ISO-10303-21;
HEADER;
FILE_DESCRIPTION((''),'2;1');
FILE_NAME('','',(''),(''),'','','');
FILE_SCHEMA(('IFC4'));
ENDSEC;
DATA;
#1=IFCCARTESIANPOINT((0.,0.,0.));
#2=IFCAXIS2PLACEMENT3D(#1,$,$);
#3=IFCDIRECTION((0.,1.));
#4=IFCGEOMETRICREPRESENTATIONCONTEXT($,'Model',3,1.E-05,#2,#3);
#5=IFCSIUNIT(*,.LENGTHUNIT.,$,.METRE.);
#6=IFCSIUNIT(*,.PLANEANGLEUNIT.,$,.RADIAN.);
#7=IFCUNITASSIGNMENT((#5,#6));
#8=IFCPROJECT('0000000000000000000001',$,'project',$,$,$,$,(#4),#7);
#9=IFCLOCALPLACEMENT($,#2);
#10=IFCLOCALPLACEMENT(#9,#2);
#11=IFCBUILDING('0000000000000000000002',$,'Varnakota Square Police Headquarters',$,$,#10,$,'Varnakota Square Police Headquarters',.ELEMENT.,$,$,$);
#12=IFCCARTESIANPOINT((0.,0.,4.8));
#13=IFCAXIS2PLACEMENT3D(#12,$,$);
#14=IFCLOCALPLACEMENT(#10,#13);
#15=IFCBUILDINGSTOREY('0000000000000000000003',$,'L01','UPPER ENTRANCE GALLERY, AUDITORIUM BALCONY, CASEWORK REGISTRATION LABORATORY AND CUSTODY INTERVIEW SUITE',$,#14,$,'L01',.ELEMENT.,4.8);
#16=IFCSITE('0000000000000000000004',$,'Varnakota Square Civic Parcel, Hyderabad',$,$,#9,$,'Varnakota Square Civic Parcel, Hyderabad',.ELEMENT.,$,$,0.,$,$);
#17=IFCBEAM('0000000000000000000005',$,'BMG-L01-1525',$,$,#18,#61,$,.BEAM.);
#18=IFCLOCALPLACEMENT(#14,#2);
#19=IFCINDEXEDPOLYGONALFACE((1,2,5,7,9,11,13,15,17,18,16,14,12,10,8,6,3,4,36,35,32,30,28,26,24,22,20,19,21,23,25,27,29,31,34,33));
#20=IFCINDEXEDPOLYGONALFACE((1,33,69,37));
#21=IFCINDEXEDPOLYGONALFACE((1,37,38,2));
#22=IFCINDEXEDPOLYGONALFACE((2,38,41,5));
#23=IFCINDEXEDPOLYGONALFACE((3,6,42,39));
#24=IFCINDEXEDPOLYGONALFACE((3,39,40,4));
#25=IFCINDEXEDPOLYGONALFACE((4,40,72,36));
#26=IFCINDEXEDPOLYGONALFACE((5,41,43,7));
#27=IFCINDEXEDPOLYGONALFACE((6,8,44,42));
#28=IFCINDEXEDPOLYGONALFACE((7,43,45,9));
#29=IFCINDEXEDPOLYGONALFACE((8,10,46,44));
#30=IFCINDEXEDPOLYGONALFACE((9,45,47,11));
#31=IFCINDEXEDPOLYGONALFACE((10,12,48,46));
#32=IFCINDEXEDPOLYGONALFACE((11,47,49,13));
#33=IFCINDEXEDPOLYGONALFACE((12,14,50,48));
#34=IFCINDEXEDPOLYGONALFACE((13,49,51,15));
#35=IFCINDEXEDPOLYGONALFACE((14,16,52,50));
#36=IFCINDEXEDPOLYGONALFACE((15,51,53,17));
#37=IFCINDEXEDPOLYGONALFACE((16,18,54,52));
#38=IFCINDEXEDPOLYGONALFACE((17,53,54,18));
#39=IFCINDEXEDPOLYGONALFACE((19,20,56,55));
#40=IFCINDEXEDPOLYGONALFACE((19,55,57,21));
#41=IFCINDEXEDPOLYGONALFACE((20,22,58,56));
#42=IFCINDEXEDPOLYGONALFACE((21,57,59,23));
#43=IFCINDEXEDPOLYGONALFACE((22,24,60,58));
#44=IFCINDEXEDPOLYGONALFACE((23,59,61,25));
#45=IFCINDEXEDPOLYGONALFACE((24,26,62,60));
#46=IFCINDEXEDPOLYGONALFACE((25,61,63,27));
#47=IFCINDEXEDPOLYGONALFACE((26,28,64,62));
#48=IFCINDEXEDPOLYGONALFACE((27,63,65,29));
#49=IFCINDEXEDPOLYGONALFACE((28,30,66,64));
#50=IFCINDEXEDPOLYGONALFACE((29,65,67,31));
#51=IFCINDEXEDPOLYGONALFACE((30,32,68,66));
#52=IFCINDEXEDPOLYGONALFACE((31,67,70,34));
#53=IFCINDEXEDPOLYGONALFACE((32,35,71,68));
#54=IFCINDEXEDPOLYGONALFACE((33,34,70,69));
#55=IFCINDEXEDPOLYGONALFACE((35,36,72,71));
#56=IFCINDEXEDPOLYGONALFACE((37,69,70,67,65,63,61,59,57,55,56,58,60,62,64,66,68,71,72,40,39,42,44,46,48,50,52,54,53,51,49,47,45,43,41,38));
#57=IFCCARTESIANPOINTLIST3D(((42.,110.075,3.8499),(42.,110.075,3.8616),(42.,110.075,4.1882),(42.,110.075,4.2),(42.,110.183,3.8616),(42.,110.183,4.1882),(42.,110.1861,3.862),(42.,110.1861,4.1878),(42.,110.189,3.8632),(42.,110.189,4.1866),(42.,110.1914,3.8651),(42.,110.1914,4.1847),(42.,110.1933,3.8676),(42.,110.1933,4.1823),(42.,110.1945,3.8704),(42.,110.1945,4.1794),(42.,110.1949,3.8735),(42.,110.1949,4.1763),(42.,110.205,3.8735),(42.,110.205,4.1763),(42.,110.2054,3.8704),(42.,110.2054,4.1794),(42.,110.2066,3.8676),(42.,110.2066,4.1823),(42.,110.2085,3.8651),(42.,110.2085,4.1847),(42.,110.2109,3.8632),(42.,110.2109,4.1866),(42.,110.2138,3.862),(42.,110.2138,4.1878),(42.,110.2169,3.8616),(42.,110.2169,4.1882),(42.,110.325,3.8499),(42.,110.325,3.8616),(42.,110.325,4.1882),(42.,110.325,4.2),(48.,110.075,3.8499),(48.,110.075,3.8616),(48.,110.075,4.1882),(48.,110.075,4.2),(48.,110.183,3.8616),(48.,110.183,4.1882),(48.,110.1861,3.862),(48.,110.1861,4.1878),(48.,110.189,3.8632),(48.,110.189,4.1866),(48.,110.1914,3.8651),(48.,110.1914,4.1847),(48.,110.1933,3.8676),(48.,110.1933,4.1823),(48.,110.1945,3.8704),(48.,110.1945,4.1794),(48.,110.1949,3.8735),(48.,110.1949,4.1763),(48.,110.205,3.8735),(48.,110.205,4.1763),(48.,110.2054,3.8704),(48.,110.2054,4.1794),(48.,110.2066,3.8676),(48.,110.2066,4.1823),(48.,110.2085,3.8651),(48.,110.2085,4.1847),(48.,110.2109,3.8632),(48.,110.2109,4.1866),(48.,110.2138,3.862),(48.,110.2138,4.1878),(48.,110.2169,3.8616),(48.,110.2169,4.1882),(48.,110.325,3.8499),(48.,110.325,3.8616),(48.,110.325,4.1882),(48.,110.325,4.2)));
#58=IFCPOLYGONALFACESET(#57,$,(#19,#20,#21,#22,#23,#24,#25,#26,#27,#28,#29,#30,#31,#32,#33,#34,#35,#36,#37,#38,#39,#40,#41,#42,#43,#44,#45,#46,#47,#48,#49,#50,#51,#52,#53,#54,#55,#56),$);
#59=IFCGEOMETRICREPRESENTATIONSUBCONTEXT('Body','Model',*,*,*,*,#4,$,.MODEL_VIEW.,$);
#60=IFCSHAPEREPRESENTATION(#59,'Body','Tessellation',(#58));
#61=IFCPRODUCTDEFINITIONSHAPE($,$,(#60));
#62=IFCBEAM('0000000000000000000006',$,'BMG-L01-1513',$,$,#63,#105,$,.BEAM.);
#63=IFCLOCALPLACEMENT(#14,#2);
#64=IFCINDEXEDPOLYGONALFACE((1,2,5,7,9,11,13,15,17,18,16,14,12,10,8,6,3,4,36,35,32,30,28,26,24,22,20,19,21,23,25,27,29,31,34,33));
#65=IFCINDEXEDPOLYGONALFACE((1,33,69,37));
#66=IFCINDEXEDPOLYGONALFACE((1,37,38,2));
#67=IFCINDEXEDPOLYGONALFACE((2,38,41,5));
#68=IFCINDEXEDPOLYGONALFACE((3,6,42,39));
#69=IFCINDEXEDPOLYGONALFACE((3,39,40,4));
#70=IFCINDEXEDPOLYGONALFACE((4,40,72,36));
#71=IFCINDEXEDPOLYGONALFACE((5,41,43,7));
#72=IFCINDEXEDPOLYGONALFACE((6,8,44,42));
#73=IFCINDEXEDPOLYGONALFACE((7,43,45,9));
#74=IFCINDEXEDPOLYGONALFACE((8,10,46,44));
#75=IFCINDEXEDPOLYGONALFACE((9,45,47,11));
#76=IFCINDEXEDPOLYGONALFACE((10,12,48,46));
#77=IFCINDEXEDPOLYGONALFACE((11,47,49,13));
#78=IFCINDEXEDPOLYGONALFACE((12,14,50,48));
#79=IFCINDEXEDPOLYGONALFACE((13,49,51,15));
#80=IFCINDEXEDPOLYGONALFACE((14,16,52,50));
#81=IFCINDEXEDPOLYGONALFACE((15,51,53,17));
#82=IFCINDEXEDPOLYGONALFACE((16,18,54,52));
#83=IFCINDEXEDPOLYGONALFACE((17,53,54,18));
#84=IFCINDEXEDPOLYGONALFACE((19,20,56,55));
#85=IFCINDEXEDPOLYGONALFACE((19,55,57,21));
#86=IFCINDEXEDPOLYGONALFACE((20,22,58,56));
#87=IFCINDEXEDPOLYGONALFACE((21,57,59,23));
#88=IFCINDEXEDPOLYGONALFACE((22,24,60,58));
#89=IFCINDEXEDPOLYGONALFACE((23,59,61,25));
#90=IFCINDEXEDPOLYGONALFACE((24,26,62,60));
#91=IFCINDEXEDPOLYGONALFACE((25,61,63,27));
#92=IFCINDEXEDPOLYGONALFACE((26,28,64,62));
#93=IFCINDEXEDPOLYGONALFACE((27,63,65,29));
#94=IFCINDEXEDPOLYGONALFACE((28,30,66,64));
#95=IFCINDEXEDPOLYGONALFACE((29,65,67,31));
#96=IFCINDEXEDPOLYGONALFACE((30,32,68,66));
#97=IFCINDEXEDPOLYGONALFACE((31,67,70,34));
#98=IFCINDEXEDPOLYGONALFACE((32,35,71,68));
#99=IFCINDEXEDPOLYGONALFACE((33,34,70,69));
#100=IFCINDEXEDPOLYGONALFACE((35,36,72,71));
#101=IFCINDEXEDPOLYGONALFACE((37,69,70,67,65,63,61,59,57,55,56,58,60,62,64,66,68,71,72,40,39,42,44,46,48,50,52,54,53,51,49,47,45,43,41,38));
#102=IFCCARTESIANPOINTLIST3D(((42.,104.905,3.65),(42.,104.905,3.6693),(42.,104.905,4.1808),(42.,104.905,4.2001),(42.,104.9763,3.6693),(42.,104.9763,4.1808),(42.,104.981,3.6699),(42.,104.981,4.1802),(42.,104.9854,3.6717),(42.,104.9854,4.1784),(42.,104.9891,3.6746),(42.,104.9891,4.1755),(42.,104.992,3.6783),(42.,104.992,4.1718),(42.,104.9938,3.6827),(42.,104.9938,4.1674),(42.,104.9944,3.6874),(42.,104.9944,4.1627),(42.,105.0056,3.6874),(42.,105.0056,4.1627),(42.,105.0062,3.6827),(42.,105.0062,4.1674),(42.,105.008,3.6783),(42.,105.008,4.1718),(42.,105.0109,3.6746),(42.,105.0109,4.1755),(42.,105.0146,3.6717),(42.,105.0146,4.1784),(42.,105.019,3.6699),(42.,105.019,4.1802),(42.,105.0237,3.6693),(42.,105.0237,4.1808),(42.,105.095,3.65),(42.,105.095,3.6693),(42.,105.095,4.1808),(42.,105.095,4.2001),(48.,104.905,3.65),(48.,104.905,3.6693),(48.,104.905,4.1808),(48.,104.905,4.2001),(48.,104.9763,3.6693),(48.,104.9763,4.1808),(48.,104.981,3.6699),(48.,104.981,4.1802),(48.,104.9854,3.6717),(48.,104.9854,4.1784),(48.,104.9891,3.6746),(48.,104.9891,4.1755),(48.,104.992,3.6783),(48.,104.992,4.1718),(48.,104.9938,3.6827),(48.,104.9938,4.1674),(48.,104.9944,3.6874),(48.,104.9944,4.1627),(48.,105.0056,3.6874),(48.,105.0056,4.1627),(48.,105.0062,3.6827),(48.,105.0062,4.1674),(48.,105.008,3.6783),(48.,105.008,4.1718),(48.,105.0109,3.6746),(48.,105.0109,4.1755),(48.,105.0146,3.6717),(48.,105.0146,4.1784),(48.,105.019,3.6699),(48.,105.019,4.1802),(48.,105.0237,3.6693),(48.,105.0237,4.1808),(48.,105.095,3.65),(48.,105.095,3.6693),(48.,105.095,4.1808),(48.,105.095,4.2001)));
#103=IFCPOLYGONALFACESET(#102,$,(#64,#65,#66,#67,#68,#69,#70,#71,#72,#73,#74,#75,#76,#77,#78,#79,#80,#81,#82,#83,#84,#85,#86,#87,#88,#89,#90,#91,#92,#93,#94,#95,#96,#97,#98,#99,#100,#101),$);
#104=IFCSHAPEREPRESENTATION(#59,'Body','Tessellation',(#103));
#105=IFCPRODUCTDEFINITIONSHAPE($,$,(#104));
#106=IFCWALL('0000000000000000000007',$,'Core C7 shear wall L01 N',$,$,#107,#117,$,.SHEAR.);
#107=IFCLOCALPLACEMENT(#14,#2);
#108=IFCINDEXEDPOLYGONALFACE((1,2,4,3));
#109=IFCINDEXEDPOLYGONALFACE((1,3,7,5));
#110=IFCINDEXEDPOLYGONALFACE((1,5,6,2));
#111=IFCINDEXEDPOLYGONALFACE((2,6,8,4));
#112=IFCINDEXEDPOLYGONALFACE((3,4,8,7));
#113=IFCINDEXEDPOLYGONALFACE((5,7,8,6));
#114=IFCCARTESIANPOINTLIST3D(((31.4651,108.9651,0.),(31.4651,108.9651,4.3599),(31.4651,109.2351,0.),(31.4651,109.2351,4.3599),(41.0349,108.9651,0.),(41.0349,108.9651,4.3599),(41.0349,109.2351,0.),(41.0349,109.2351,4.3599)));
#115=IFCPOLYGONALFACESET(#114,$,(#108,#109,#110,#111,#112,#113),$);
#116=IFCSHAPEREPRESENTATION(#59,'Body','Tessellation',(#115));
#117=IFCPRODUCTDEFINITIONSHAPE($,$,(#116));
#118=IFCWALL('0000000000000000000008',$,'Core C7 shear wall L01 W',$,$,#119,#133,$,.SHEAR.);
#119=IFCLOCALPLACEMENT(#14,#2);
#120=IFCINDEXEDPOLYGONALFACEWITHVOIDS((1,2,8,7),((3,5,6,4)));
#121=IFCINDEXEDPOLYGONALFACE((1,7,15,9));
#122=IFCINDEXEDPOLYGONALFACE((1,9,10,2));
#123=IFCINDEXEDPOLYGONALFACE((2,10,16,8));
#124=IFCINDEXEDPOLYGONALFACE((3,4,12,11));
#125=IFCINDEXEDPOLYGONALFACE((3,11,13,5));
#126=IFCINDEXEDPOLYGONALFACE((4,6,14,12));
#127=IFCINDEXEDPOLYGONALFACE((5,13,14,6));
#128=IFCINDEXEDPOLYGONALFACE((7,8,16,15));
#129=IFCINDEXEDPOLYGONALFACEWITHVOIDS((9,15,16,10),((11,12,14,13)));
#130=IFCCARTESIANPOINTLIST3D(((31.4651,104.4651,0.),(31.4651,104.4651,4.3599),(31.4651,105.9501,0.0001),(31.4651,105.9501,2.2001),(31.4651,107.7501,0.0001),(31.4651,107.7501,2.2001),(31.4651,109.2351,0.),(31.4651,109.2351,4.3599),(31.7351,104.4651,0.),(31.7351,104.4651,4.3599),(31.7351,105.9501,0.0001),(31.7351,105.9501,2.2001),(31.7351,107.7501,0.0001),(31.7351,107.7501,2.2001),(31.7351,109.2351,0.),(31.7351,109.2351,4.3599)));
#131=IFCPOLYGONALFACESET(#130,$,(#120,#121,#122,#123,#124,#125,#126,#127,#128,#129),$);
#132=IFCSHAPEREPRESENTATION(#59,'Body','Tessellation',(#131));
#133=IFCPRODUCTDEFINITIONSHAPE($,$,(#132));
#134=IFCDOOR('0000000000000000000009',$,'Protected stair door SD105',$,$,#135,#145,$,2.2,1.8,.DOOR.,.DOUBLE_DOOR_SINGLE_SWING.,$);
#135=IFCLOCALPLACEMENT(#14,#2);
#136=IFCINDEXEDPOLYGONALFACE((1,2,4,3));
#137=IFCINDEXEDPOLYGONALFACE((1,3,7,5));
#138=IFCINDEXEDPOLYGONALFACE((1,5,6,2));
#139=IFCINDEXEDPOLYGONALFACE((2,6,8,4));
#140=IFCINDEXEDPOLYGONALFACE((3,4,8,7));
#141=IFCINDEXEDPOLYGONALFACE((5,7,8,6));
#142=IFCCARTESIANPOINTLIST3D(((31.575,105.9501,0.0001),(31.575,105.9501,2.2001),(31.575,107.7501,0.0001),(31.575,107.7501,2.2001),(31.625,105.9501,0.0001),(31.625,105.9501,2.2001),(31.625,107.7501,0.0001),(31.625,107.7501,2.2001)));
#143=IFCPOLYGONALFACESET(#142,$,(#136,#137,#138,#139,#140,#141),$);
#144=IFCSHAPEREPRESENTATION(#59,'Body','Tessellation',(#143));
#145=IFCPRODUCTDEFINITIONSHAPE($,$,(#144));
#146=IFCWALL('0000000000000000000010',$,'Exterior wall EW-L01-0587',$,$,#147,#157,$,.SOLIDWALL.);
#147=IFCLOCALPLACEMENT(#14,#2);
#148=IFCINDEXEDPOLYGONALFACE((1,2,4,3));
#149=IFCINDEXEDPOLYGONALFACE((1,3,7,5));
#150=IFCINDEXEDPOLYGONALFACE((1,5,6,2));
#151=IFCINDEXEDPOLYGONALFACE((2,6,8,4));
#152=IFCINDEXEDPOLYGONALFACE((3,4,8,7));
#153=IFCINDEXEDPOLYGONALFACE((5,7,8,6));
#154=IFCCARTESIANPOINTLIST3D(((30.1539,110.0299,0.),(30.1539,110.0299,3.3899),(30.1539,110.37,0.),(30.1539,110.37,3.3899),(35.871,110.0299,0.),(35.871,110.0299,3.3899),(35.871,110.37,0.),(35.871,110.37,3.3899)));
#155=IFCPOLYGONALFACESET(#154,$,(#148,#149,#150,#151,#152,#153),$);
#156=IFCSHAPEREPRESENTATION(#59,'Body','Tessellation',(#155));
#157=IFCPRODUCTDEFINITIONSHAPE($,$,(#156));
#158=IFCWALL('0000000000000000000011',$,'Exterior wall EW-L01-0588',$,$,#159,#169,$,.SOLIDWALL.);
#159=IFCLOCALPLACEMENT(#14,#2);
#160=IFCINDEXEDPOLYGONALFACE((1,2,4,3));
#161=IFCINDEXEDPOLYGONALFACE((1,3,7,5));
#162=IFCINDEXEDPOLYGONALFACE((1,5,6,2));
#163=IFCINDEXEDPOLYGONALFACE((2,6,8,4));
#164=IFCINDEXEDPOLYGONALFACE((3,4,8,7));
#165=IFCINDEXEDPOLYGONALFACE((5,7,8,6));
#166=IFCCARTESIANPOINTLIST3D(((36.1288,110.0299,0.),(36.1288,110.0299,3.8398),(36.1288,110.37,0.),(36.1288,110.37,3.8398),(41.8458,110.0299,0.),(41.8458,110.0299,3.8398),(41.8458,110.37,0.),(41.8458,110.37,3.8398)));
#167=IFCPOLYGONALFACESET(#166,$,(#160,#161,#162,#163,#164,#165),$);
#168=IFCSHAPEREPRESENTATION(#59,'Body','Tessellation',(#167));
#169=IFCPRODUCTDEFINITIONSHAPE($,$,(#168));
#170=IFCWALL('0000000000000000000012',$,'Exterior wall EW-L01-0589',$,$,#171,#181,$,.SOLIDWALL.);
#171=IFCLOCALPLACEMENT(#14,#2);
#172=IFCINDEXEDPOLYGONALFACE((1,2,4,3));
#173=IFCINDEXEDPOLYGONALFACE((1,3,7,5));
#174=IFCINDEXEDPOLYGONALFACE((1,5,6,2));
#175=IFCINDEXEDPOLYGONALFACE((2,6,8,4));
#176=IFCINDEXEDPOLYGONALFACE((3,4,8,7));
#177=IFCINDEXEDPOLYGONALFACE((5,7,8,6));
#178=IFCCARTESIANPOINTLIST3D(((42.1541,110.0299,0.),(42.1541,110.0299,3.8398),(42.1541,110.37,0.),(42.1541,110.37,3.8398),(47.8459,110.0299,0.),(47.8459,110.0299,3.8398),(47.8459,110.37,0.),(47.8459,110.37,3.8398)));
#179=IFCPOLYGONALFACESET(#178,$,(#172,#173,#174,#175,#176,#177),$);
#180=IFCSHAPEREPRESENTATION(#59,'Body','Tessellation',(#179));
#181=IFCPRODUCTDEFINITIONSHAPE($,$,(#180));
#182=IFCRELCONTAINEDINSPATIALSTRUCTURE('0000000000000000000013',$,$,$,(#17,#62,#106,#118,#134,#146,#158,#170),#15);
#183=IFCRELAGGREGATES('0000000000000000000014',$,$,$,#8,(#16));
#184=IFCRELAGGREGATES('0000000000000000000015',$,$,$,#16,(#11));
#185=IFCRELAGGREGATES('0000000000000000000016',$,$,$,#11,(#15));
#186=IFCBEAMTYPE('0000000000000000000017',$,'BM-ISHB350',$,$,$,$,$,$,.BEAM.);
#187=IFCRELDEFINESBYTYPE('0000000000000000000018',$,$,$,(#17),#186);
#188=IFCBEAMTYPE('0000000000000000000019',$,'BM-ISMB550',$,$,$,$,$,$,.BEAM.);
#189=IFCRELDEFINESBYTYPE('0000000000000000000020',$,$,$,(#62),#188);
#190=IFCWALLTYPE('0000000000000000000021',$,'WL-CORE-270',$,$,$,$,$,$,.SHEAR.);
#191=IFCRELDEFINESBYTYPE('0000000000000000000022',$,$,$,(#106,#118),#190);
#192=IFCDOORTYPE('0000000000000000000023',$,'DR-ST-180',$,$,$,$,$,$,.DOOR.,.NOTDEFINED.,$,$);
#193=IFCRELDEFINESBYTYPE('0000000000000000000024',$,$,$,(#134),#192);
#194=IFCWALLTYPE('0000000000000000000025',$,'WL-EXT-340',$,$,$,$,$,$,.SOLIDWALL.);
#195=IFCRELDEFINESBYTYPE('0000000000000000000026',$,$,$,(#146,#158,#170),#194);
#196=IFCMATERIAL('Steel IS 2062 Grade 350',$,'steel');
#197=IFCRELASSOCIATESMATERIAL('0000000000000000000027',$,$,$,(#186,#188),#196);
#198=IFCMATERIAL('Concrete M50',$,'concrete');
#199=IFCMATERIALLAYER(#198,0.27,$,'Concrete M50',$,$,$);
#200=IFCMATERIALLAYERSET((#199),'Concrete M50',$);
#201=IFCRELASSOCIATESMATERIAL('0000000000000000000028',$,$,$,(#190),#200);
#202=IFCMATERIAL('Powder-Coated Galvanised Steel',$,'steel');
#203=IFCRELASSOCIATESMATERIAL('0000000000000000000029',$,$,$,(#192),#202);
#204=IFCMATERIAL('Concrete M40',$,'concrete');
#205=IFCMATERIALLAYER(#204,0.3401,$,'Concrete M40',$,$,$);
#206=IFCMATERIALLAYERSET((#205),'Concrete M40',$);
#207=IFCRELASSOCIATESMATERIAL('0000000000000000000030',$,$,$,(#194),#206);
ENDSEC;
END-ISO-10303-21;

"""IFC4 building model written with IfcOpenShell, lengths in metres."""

from ifc_helpers import new_model, si_unit, direction, frame, frame_2d, origin, origin_2d, place, context, subcontext, project, spatial, rectangle, i_section, extrude, material, layer, layer_set, material_profile, profile_set, type_object, element, fill, save


model = new_model("IFC4")

# Units and contexts
model_context = context("Model", 3, precision=1e-05, world=origin(), true_north=direction((0.0, 1.0)))
body_context = subcontext(model_context, "Body", "Model", "MODEL_VIEW")
ifc_project = project(units=[si_unit("LENGTHUNIT", "METRE"), si_unit("PLANEANGLEUNIT", "RADIAN")], contexts=[model_context])

# Site, building, storey
site_placement = place(None, origin())
site = spatial("IfcSite", under=ifc_project, at=site_placement, Name="Varnakota Square Civic Parcel, Hyderabad", LongName="Varnakota Square Civic Parcel, Hyderabad", CompositionType="ELEMENT", RefElevation=0.0)
building_placement = place(site_placement, origin())
building = spatial("IfcBuilding", under=site, at=building_placement, Name="Varnakota Square Police Headquarters", LongName="Varnakota Square Police Headquarters", CompositionType="ELEMENT")
storey_placement = place(building_placement, frame((0.0, 0.0, 4.8)))
storey = spatial("IfcBuildingStorey", under=building, at=storey_placement, Name="L01", Description="UPPER ENTRANCE GALLERY, AUDITORIUM BALCONY, CASEWORK REGISTRATION LABORATORY AND CUSTODY INTERVIEW SUITE", LongName="L01", CompositionType="ELEMENT", Elevation=4.8)

# Shared definitions
ifc_material_1 = material(Name="Steel IS 2062 Grade 350", Category="steel")

# Beams
ifc_material_profile_1 = material_profile(ifc_material_1, i_section(OverallWidth=0.25, OverallDepth=0.3501, WebThickness=0.01, FlangeThickness=0.0117, FilletRadius=0.012, at=origin_2d()), Name="ISHB 350")
ifc_profile_set_1 = profile_set([ifc_material_profile_1], Name="Steel IS 2062 Grade 350")
beam_type_1 = type_object("IfcBeamType", Name="BM-ISHB350", PredefinedType="BEAM", material=ifc_profile_set_1)
beam_1_placement = place(storey_placement, frame((42.0, 110.2, 4.0249), z_axis=(1.0, 0.0, 0.0), x_axis=(0.0, 1.0, 0.0)))
element("IfcBeam", 1, at=beam_1_placement, inside=storey, type_object=beam_type_1, Name="BMG-L01-1525", PredefinedType="BEAM", context=body_context, shape_type="SweptSolid", body=[
    extrude(i_section(OverallWidth=0.25, OverallDepth=0.3501, WebThickness=0.01, FlangeThickness=0.0117, FilletRadius=0.012, at=origin_2d()), origin(), (0.0, 0.0, 1.0), 6.0),
])
ifc_material_profile_2 = material_profile(ifc_material_1, i_section(OverallWidth=0.1899, OverallDepth=0.55, WebThickness=0.0112, FlangeThickness=0.0193, FilletRadius=0.0181, at=origin_2d()), Name="ISMB 550")
ifc_profile_set_2 = profile_set([ifc_material_profile_2], Name="Steel IS 2062 Grade 350")
beam_type_2 = type_object("IfcBeamType", Name="BM-ISMB550", PredefinedType="BEAM", material=ifc_profile_set_2)
beam_2_placement = place(storey_placement, frame((42.0, 105.0, 3.925), z_axis=(1.0, 0.0, 0.0), x_axis=(0.0, 1.0, 0.0)))
element("IfcBeam", 2, at=beam_2_placement, inside=storey, type_object=beam_type_2, Name="BMG-L01-1513", PredefinedType="BEAM", context=body_context, shape_type="SweptSolid", body=[
    extrude(i_section(OverallWidth=0.1899, OverallDepth=0.55, WebThickness=0.0112, FlangeThickness=0.0193, FilletRadius=0.0181, at=origin_2d()), origin(), (0.0, 0.0, 1.0), 6.0),
])

# Wall
ifc_material_2 = material(Name="Concrete M50", Category="concrete")
ifc_layer_1 = layer(ifc_material_2, 0.27, Name="Concrete M50")
ifc_layer_set_1 = layer_set([ifc_layer_1], Name="Concrete M50")
wall_type_1 = type_object("IfcWallType", Name="WL-CORE-270", PredefinedType="SHEAR", material=ifc_layer_set_1)
wall_1_placement = place(storey_placement, frame((41.0349, 109.1001, 0.0), z_axis=(0.0, 0.0, 1.0), x_axis=(-1.0, 0.0, 0.0)))
element("IfcWall", 3, at=wall_1_placement, inside=storey, type_object=wall_type_1, Name="Core C7 shear wall L01 N", PredefinedType="SHEAR", context=body_context, shape_type="SweptSolid", body=[
    extrude(rectangle(XDim=9.5698, YDim=0.27, at=frame_2d((4.7849, 0.0))), origin(), (0.0, 0.0, 1.0), 4.3599),
])

# Wall, opening, door
wall_2_placement = place(storey_placement, frame((31.6001, 109.2351, 0.0), z_axis=(0.0, 0.0, 1.0), x_axis=(0.0, -1.0, 0.0)))
wall_2 = element("IfcWall", 4, at=wall_2_placement, inside=storey, type_object=wall_type_1, Name="Core C7 shear wall L01 W", PredefinedType="SHEAR", context=body_context, shape_type="SweptSolid", body=[
    extrude(rectangle(XDim=4.77, YDim=0.27, at=frame_2d((2.385, 0.0))), origin(), (0.0, 0.0, 1.0), 4.3599),
])
opening_placement = place(wall_2_placement, frame((1.4851, 0.0, 0.0)))
opening = element("IfcOpeningElement", 5, at=opening_placement, cuts=wall_2, PredefinedType="OPENING", context=body_context, shape_type="SweptSolid", body=[
    extrude(rectangle(XDim=1.8, YDim=2.2, at=frame_2d((0.8999, 1.1001))), frame((0.0, 0.145, 0.0), z_axis=(0.0, -1.0, 0.0), x_axis=(1.0, 0.0, 0.0)), (0.0, 0.0, 1.0), 0.29),
])
ifc_material_3 = material(Name="Powder-Coated Galvanised Steel", Category="steel")
door_type = type_object("IfcDoorType", Name="DR-ST-180", OperationType="NOTDEFINED", PredefinedType="DOOR", material=ifc_material_3)
door_placement = place(opening_placement, origin())
door = element("IfcDoor", 6, at=door_placement, inside=storey, type_object=door_type, Name="Protected stair door SD105", OperationType="DOUBLE_DOOR_SINGLE_SWING", OverallHeight=2.2, OverallWidth=1.8, PredefinedType="DOOR", context=body_context, shape_type="SweptSolid", body=[
    extrude(rectangle(XDim=1.8, YDim=2.2, at=frame_2d((0.8999, 1.1001))), frame((0.0, 0.0249, 0.0), z_axis=(0.0, -1.0, 0.0), x_axis=(1.0, 0.0, 0.0)), (0.0, 0.0, 1.0), 0.05),
])
fill(opening, door)

# Walls
ifc_material_4 = material(Name="Concrete M40", Category="concrete")
ifc_layer_2 = layer(ifc_material_4, 0.3401, Name="Concrete M40")
ifc_layer_set_2 = layer_set([ifc_layer_2], Name="Concrete M40")
wall_type_2 = type_object("IfcWallType", Name="WL-EXT-340", PredefinedType="SOLIDWALL", material=ifc_layer_set_2)
wall_3_placement = place(storey_placement, frame((30.1541, 110.2, 0.0), z_axis=(0.0, 0.0, 1.0), x_axis=(1.0, 0.0, 0.0)))
element("IfcWall", 7, at=wall_3_placement, inside=storey, type_object=wall_type_2, Name="Exterior wall EW-L01-0587", PredefinedType="SOLIDWALL", context=body_context, shape_type="SweptSolid", body=[
    extrude(rectangle(XDim=5.717, YDim=0.3401, at=frame_2d((2.8584, 0.0))), origin(), (0.0, 0.0, 1.0), 3.3899),
])
wall_4_placement = place(storey_placement, frame((36.1289, 110.2, 0.0), z_axis=(0.0, 0.0, 1.0), x_axis=(1.0, 0.0, 0.0)))
element("IfcWall", 8, at=wall_4_placement, inside=storey, type_object=wall_type_2, Name="Exterior wall EW-L01-0588", PredefinedType="SOLIDWALL", context=body_context, shape_type="SweptSolid", body=[
    extrude(rectangle(XDim=5.717, YDim=0.3401, at=frame_2d((2.8584, 0.0))), origin(), (0.0, 0.0, 1.0), 3.8398),
])
wall_5_placement = place(storey_placement, frame((42.1541, 110.2, 0.0), z_axis=(0.0, 0.0, 1.0), x_axis=(1.0, 0.0, 0.0)))
element("IfcWall", 9, at=wall_5_placement, inside=storey, type_object=wall_type_2, Name="Exterior wall EW-L01-0589", PredefinedType="SOLIDWALL", context=body_context, shape_type="SweptSolid", body=[
    extrude(rectangle(XDim=5.6919, YDim=0.3401, at=frame_2d((2.8459, 0.0))), origin(), (0.0, 0.0, 1.0), 3.8398),
])

save(model, "model.ifc")
